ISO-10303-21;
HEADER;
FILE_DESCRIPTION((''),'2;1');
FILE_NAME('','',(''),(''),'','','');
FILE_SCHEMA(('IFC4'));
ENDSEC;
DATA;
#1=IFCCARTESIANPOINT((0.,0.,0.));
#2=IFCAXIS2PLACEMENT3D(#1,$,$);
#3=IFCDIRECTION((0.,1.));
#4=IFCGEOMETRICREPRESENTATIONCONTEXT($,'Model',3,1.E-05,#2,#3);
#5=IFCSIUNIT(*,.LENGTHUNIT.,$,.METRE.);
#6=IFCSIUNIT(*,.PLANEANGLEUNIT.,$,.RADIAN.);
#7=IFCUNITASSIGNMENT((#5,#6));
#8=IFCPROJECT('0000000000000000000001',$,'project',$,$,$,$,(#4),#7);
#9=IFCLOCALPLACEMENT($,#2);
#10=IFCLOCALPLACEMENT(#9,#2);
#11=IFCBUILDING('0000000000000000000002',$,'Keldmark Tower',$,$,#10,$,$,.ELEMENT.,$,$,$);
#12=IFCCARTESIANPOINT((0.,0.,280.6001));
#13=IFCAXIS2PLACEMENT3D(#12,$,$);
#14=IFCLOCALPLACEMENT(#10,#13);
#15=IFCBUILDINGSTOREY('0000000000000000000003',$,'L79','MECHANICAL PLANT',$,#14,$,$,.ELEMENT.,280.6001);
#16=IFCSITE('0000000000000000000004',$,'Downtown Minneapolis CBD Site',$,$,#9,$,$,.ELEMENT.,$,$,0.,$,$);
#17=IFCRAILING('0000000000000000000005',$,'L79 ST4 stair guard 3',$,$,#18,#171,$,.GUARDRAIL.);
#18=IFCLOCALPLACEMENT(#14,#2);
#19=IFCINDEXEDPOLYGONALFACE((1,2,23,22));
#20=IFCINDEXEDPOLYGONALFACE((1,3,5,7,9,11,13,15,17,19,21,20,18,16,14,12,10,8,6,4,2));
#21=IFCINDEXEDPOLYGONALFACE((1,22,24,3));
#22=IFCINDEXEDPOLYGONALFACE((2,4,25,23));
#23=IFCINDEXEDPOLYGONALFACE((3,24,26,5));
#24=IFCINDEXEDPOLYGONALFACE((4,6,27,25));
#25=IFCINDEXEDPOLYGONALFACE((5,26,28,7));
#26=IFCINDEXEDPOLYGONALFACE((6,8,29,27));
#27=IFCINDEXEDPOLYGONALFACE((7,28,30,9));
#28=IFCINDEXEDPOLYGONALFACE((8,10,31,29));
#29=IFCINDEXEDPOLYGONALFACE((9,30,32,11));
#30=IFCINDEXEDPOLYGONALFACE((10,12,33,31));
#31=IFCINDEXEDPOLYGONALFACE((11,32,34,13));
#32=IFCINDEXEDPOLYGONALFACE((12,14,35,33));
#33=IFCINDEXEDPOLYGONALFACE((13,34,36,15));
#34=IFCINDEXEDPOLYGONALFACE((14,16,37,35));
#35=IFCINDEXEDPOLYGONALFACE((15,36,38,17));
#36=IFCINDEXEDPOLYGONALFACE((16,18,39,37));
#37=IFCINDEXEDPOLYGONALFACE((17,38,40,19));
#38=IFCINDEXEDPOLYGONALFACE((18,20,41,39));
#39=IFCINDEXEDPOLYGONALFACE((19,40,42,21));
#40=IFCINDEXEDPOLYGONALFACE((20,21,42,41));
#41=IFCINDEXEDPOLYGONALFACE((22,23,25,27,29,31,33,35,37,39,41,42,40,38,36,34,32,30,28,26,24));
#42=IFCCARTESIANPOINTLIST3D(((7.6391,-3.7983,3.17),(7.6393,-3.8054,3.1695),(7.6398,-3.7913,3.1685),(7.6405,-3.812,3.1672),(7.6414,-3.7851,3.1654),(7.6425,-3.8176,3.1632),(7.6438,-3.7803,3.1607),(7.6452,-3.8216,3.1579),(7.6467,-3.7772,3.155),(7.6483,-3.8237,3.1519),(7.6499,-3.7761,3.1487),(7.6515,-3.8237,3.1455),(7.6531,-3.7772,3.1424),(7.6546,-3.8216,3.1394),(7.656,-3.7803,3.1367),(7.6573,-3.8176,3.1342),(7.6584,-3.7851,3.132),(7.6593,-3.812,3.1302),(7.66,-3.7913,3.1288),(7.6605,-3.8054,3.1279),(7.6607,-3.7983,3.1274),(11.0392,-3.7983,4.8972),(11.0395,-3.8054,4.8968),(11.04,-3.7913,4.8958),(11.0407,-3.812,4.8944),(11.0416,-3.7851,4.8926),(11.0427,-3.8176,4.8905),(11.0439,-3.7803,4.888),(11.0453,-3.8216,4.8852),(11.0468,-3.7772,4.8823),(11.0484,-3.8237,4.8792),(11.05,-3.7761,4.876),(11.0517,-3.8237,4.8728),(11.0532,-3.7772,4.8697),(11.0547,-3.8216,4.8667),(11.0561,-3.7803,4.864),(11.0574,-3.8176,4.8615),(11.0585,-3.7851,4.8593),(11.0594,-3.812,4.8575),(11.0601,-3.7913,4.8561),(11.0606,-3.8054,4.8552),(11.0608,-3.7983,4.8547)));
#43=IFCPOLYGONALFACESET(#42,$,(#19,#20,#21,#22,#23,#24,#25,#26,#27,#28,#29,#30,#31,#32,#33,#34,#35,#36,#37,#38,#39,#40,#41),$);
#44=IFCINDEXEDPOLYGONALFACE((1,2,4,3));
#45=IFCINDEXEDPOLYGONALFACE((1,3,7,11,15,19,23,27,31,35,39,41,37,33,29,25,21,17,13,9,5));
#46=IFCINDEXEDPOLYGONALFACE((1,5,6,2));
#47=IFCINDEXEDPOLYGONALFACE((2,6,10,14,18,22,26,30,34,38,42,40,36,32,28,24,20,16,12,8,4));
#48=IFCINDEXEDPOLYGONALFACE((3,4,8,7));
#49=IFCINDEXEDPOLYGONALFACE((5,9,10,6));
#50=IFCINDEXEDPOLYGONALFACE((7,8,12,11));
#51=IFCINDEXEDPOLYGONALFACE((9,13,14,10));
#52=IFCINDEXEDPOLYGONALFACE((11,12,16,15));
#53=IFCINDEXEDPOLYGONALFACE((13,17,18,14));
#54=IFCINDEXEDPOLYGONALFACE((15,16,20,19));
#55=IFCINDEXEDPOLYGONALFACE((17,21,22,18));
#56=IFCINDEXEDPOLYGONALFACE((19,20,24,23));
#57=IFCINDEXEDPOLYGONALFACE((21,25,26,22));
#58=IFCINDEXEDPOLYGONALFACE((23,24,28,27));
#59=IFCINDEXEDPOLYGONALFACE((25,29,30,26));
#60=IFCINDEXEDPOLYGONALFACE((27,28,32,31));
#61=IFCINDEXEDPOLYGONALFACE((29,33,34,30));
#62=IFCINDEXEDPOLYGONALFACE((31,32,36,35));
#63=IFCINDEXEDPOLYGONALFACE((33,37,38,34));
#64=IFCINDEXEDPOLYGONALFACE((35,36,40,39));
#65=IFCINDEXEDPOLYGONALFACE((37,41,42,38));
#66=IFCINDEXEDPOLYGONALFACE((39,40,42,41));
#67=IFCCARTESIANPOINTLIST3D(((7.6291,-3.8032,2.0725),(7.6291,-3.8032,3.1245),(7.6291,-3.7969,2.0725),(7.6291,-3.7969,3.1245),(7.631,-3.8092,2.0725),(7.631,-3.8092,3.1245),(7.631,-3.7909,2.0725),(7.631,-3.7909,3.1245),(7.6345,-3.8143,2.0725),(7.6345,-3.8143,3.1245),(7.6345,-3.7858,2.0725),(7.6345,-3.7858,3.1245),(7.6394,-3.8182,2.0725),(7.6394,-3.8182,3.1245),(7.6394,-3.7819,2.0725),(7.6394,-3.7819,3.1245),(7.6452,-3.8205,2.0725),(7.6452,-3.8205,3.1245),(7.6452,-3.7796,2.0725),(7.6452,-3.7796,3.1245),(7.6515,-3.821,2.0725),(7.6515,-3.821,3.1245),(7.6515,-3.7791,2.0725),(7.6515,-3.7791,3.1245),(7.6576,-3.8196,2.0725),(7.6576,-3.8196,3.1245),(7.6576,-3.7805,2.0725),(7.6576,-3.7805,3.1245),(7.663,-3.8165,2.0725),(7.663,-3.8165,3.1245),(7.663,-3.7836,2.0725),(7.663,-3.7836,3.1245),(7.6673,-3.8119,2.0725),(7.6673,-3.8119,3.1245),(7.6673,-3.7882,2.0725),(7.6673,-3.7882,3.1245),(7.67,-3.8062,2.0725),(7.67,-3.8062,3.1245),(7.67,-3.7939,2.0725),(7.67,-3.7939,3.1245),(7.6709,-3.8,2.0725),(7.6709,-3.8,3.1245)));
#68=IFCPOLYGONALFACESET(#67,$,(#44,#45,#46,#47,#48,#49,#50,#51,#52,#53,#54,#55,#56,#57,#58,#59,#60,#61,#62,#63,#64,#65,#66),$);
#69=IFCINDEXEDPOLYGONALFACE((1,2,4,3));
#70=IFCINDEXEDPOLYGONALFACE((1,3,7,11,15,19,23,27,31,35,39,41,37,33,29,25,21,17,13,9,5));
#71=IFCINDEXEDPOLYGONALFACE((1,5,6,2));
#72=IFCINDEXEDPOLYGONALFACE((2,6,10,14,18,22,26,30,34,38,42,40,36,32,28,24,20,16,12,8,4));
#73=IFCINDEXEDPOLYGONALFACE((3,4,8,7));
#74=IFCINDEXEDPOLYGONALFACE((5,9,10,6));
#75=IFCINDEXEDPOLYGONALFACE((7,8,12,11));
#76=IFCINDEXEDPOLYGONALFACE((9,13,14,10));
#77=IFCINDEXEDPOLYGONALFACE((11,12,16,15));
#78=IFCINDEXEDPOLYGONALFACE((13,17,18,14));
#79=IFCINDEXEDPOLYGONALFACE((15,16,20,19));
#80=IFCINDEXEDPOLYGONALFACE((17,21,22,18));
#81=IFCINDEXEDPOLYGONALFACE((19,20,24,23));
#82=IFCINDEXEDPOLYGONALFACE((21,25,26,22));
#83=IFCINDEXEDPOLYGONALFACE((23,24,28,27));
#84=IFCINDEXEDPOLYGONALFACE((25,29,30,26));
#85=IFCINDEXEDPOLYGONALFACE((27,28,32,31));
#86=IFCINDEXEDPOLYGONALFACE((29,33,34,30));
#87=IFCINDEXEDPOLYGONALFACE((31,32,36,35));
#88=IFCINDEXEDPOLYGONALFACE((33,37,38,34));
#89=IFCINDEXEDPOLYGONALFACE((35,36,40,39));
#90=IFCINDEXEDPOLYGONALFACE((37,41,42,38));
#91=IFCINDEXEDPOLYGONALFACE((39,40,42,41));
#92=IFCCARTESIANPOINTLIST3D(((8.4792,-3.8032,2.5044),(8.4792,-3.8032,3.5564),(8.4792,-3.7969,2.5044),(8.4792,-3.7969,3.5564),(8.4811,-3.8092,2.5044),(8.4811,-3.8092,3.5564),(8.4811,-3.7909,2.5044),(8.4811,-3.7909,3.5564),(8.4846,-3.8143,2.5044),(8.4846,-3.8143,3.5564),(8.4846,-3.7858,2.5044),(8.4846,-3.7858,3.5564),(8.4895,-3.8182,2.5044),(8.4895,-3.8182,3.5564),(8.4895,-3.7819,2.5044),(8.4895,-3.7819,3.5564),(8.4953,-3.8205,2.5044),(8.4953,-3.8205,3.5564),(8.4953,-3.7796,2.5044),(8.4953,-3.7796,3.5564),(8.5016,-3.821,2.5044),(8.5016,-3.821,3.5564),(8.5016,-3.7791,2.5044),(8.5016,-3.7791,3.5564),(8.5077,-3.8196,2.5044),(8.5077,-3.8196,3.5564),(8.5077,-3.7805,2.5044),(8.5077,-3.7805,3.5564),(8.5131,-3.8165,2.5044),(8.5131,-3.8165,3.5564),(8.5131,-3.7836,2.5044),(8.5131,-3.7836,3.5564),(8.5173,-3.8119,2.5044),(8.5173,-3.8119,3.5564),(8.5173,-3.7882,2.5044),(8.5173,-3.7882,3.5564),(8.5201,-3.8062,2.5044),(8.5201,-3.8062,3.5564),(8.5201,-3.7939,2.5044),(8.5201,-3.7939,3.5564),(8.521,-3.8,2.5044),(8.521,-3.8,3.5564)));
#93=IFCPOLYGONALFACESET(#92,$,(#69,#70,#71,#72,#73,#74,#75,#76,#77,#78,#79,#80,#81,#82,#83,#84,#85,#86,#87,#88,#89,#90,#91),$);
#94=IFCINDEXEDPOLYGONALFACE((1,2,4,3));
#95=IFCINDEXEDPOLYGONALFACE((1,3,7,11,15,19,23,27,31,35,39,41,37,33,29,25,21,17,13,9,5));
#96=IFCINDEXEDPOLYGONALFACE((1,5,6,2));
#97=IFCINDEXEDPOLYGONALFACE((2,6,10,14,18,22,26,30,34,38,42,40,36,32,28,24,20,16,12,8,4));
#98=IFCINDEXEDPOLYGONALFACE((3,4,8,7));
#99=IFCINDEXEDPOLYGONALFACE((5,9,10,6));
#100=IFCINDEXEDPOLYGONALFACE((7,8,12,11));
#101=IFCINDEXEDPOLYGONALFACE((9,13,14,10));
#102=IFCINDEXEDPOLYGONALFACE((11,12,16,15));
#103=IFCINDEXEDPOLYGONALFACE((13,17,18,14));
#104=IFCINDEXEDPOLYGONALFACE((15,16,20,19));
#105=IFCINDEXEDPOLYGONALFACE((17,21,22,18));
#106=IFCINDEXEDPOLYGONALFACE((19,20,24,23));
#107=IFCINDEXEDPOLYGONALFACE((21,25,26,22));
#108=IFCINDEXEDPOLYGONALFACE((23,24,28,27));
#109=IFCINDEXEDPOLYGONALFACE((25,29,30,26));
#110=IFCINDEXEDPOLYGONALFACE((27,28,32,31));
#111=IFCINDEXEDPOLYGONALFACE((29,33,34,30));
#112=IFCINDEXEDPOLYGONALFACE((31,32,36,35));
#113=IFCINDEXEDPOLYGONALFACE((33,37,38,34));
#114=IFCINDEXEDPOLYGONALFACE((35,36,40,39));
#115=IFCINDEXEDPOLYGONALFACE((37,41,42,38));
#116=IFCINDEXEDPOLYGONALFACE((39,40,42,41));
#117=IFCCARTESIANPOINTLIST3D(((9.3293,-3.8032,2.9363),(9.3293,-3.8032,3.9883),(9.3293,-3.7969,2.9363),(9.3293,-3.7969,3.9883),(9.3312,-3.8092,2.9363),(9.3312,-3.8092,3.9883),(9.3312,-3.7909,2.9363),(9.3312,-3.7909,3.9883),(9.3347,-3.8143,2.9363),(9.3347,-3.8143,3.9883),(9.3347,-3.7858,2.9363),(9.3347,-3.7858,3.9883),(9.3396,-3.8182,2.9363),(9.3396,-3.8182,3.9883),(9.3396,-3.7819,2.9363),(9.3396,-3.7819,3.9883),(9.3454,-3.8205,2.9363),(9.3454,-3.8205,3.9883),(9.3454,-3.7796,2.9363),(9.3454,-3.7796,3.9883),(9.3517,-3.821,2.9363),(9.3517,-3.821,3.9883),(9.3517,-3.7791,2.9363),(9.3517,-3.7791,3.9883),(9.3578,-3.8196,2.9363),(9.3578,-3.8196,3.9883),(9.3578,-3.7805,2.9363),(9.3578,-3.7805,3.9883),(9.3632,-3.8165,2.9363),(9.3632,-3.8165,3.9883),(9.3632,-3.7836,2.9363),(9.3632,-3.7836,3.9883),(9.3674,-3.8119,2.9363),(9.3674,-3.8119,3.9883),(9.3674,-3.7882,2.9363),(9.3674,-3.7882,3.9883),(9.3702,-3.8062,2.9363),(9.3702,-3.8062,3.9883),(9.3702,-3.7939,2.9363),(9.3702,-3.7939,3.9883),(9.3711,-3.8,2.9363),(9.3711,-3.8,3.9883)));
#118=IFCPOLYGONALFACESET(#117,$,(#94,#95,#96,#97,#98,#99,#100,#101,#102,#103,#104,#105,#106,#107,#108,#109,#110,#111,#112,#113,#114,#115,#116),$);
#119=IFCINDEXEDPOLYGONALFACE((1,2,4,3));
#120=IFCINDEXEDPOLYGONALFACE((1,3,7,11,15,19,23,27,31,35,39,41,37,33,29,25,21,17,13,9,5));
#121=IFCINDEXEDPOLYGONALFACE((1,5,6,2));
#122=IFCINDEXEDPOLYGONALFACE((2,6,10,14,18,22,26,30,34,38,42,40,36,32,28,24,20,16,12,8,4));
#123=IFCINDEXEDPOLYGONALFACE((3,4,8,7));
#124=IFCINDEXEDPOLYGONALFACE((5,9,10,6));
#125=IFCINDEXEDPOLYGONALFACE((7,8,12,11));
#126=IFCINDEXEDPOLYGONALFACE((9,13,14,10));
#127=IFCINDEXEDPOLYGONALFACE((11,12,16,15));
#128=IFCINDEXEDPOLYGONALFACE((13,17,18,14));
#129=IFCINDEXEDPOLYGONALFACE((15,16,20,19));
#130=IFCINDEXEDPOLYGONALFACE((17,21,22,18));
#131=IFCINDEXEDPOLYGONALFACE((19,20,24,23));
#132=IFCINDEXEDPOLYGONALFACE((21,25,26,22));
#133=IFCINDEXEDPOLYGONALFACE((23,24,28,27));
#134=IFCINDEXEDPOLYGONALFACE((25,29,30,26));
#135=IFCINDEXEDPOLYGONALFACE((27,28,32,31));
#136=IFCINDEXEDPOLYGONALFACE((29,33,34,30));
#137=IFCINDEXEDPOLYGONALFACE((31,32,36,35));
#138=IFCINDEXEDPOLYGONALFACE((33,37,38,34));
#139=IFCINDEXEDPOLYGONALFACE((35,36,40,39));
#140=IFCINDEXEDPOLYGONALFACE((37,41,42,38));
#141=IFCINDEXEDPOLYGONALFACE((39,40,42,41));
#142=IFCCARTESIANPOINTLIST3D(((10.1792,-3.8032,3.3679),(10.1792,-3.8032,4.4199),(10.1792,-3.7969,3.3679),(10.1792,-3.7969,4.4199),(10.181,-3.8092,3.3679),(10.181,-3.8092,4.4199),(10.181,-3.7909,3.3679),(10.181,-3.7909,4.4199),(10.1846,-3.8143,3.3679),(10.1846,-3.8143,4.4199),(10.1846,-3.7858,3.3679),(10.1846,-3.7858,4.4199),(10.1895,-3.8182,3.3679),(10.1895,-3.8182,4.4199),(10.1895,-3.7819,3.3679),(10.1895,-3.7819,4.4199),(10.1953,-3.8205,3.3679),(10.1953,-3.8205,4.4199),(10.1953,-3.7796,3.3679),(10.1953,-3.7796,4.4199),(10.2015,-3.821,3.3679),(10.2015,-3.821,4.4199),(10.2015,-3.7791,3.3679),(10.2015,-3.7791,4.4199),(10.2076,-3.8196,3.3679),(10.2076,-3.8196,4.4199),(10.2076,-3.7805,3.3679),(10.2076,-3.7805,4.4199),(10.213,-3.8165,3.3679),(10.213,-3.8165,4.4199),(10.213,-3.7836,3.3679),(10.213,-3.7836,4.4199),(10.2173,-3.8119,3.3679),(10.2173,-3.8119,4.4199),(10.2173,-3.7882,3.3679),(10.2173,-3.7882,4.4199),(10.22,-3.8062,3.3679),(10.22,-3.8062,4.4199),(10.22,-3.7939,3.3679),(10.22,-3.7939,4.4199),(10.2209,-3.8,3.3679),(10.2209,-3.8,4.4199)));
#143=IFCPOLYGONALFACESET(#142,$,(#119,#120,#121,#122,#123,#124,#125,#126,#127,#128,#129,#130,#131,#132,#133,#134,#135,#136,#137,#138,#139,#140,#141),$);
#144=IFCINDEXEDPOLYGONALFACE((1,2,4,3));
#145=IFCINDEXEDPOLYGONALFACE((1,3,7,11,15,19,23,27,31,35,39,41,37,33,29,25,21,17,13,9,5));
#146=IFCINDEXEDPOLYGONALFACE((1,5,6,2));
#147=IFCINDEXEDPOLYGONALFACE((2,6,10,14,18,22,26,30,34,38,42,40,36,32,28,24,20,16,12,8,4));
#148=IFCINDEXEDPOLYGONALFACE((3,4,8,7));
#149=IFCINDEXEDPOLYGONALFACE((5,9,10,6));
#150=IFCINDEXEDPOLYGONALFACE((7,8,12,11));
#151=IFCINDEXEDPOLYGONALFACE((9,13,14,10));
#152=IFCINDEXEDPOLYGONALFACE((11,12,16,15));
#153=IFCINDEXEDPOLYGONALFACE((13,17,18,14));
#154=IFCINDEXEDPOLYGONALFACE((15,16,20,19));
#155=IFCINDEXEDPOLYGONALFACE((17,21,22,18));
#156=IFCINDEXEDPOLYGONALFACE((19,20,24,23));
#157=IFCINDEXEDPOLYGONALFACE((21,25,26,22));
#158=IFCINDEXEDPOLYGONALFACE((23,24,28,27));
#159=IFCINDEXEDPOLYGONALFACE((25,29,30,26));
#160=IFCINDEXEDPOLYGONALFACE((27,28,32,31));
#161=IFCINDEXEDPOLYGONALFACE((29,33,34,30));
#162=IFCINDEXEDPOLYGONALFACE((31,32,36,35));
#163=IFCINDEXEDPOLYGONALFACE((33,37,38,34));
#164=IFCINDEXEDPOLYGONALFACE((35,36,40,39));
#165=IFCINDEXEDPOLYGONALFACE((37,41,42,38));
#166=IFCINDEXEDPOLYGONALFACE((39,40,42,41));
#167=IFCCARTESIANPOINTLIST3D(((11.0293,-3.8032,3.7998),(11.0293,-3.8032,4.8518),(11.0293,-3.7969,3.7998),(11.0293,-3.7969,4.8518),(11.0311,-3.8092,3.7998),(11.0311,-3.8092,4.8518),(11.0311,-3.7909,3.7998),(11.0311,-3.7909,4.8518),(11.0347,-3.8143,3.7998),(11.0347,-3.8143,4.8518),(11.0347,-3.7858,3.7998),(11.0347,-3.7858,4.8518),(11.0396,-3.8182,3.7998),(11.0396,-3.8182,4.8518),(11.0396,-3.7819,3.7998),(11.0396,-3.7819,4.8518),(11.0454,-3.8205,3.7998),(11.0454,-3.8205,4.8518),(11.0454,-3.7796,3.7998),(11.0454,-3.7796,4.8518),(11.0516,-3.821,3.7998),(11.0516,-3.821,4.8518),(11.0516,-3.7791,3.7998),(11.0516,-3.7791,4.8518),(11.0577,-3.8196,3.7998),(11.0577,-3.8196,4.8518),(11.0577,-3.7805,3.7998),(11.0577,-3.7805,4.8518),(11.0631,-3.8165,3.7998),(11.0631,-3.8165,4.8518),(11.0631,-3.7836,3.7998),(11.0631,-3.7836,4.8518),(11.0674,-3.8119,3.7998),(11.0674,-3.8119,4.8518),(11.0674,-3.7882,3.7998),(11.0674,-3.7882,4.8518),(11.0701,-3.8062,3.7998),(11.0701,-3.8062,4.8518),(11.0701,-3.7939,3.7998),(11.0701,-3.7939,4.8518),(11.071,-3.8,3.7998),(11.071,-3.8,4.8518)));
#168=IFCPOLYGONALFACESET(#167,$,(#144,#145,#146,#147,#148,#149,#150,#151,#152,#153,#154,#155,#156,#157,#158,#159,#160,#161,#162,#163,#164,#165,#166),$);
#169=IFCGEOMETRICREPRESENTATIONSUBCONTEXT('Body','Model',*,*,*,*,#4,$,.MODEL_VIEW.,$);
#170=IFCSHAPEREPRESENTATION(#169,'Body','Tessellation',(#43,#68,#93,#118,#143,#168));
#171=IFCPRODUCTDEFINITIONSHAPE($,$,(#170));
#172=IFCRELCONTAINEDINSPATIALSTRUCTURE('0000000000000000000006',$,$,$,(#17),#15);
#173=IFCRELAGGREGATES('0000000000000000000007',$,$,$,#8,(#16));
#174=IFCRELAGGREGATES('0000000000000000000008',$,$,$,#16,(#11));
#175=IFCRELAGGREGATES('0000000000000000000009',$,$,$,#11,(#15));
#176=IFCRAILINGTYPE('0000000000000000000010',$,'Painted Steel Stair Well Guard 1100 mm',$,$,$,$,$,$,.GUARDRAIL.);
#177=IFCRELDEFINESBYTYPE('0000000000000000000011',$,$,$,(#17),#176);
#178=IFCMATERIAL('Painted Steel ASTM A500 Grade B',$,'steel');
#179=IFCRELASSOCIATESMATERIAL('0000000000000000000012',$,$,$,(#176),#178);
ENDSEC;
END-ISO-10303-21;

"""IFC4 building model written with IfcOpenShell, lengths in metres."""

from ifc_helpers import new_model, si_unit, direction, frame, origin, origin_2d, place, context, subcontext, project, spatial, circle, extrude, material, type_object, element, save


model = new_model("IFC4")

# Units and contexts
model_context = context("Model", 3, precision=1e-05, world=origin(), true_north=direction((0.0, 1.0)))
body_context = subcontext(model_context, "Body", "Model", "MODEL_VIEW")
ifc_project = project(units=[si_unit("LENGTHUNIT", "METRE"), si_unit("PLANEANGLEUNIT", "RADIAN")], contexts=[model_context])

# Site, building, storey
site_placement = place(None, origin())
site = spatial("IfcSite", under=ifc_project, at=site_placement, Name="Downtown Minneapolis CBD Site", CompositionType="ELEMENT", RefElevation=0.0)
building_placement = place(site_placement, origin())
building = spatial("IfcBuilding", under=site, at=building_placement, Name="Keldmark Tower", CompositionType="ELEMENT")
storey_placement = place(building_placement, frame((0.0, 0.0, 280.6001)))
storey = spatial("IfcBuildingStorey", under=building, at=storey_placement, Name="L79", Description="MECHANICAL PLANT", CompositionType="ELEMENT", Elevation=280.6001)

# Railing
ifc_material_1 = material(Name="Painted Steel ASTM A500 Grade B", Category="steel")
railing_type_1 = type_object("IfcRailingType", Name="Painted Steel Stair Well Guard 1100 mm", PredefinedType="GUARDRAIL", material=ifc_material_1)
railing_1_placement = place(storey_placement, frame((7.6499, -3.8, 2.0725)))
element("IfcRailing", 1, at=railing_1_placement, inside=storey, type_object=railing_type_1, Name="L79 ST4 stair guard 3", PredefinedType="GUARDRAIL", context=body_context, shape_type="SweptSolid", body=[
    extrude(circle(Radius=0.0239, at=origin_2d()), frame((0.0, 0.0, 1.0762), z_axis=(0.891554, 0.0, 0.452915), x_axis=(0.0, 1.0, 0.0)), (0.0, 0.0, 1.0), 3.8137),
    extrude(circle(Radius=0.021, at=origin_2d()), origin(), (0.0, 0.0, 1.0), 1.052),
    extrude(circle(Radius=0.021, at=origin_2d()), frame((0.8501, 0.0, 0.4319)), (0.0, 0.0, 1.0), 1.052),
    extrude(circle(Radius=0.021, at=origin_2d()), frame((1.7002, 0.0, 0.8638)), (0.0, 0.0, 1.0), 1.052),
    extrude(circle(Radius=0.021, at=origin_2d()), frame((2.55, 0.0, 1.2954)), (0.0, 0.0, 1.0), 1.052),
    extrude(circle(Radius=0.021, at=origin_2d()), frame((3.4001, 0.0, 1.7273)), (0.0, 0.0, 1.0), 1.052),
])

save(model, "model.ifc")
